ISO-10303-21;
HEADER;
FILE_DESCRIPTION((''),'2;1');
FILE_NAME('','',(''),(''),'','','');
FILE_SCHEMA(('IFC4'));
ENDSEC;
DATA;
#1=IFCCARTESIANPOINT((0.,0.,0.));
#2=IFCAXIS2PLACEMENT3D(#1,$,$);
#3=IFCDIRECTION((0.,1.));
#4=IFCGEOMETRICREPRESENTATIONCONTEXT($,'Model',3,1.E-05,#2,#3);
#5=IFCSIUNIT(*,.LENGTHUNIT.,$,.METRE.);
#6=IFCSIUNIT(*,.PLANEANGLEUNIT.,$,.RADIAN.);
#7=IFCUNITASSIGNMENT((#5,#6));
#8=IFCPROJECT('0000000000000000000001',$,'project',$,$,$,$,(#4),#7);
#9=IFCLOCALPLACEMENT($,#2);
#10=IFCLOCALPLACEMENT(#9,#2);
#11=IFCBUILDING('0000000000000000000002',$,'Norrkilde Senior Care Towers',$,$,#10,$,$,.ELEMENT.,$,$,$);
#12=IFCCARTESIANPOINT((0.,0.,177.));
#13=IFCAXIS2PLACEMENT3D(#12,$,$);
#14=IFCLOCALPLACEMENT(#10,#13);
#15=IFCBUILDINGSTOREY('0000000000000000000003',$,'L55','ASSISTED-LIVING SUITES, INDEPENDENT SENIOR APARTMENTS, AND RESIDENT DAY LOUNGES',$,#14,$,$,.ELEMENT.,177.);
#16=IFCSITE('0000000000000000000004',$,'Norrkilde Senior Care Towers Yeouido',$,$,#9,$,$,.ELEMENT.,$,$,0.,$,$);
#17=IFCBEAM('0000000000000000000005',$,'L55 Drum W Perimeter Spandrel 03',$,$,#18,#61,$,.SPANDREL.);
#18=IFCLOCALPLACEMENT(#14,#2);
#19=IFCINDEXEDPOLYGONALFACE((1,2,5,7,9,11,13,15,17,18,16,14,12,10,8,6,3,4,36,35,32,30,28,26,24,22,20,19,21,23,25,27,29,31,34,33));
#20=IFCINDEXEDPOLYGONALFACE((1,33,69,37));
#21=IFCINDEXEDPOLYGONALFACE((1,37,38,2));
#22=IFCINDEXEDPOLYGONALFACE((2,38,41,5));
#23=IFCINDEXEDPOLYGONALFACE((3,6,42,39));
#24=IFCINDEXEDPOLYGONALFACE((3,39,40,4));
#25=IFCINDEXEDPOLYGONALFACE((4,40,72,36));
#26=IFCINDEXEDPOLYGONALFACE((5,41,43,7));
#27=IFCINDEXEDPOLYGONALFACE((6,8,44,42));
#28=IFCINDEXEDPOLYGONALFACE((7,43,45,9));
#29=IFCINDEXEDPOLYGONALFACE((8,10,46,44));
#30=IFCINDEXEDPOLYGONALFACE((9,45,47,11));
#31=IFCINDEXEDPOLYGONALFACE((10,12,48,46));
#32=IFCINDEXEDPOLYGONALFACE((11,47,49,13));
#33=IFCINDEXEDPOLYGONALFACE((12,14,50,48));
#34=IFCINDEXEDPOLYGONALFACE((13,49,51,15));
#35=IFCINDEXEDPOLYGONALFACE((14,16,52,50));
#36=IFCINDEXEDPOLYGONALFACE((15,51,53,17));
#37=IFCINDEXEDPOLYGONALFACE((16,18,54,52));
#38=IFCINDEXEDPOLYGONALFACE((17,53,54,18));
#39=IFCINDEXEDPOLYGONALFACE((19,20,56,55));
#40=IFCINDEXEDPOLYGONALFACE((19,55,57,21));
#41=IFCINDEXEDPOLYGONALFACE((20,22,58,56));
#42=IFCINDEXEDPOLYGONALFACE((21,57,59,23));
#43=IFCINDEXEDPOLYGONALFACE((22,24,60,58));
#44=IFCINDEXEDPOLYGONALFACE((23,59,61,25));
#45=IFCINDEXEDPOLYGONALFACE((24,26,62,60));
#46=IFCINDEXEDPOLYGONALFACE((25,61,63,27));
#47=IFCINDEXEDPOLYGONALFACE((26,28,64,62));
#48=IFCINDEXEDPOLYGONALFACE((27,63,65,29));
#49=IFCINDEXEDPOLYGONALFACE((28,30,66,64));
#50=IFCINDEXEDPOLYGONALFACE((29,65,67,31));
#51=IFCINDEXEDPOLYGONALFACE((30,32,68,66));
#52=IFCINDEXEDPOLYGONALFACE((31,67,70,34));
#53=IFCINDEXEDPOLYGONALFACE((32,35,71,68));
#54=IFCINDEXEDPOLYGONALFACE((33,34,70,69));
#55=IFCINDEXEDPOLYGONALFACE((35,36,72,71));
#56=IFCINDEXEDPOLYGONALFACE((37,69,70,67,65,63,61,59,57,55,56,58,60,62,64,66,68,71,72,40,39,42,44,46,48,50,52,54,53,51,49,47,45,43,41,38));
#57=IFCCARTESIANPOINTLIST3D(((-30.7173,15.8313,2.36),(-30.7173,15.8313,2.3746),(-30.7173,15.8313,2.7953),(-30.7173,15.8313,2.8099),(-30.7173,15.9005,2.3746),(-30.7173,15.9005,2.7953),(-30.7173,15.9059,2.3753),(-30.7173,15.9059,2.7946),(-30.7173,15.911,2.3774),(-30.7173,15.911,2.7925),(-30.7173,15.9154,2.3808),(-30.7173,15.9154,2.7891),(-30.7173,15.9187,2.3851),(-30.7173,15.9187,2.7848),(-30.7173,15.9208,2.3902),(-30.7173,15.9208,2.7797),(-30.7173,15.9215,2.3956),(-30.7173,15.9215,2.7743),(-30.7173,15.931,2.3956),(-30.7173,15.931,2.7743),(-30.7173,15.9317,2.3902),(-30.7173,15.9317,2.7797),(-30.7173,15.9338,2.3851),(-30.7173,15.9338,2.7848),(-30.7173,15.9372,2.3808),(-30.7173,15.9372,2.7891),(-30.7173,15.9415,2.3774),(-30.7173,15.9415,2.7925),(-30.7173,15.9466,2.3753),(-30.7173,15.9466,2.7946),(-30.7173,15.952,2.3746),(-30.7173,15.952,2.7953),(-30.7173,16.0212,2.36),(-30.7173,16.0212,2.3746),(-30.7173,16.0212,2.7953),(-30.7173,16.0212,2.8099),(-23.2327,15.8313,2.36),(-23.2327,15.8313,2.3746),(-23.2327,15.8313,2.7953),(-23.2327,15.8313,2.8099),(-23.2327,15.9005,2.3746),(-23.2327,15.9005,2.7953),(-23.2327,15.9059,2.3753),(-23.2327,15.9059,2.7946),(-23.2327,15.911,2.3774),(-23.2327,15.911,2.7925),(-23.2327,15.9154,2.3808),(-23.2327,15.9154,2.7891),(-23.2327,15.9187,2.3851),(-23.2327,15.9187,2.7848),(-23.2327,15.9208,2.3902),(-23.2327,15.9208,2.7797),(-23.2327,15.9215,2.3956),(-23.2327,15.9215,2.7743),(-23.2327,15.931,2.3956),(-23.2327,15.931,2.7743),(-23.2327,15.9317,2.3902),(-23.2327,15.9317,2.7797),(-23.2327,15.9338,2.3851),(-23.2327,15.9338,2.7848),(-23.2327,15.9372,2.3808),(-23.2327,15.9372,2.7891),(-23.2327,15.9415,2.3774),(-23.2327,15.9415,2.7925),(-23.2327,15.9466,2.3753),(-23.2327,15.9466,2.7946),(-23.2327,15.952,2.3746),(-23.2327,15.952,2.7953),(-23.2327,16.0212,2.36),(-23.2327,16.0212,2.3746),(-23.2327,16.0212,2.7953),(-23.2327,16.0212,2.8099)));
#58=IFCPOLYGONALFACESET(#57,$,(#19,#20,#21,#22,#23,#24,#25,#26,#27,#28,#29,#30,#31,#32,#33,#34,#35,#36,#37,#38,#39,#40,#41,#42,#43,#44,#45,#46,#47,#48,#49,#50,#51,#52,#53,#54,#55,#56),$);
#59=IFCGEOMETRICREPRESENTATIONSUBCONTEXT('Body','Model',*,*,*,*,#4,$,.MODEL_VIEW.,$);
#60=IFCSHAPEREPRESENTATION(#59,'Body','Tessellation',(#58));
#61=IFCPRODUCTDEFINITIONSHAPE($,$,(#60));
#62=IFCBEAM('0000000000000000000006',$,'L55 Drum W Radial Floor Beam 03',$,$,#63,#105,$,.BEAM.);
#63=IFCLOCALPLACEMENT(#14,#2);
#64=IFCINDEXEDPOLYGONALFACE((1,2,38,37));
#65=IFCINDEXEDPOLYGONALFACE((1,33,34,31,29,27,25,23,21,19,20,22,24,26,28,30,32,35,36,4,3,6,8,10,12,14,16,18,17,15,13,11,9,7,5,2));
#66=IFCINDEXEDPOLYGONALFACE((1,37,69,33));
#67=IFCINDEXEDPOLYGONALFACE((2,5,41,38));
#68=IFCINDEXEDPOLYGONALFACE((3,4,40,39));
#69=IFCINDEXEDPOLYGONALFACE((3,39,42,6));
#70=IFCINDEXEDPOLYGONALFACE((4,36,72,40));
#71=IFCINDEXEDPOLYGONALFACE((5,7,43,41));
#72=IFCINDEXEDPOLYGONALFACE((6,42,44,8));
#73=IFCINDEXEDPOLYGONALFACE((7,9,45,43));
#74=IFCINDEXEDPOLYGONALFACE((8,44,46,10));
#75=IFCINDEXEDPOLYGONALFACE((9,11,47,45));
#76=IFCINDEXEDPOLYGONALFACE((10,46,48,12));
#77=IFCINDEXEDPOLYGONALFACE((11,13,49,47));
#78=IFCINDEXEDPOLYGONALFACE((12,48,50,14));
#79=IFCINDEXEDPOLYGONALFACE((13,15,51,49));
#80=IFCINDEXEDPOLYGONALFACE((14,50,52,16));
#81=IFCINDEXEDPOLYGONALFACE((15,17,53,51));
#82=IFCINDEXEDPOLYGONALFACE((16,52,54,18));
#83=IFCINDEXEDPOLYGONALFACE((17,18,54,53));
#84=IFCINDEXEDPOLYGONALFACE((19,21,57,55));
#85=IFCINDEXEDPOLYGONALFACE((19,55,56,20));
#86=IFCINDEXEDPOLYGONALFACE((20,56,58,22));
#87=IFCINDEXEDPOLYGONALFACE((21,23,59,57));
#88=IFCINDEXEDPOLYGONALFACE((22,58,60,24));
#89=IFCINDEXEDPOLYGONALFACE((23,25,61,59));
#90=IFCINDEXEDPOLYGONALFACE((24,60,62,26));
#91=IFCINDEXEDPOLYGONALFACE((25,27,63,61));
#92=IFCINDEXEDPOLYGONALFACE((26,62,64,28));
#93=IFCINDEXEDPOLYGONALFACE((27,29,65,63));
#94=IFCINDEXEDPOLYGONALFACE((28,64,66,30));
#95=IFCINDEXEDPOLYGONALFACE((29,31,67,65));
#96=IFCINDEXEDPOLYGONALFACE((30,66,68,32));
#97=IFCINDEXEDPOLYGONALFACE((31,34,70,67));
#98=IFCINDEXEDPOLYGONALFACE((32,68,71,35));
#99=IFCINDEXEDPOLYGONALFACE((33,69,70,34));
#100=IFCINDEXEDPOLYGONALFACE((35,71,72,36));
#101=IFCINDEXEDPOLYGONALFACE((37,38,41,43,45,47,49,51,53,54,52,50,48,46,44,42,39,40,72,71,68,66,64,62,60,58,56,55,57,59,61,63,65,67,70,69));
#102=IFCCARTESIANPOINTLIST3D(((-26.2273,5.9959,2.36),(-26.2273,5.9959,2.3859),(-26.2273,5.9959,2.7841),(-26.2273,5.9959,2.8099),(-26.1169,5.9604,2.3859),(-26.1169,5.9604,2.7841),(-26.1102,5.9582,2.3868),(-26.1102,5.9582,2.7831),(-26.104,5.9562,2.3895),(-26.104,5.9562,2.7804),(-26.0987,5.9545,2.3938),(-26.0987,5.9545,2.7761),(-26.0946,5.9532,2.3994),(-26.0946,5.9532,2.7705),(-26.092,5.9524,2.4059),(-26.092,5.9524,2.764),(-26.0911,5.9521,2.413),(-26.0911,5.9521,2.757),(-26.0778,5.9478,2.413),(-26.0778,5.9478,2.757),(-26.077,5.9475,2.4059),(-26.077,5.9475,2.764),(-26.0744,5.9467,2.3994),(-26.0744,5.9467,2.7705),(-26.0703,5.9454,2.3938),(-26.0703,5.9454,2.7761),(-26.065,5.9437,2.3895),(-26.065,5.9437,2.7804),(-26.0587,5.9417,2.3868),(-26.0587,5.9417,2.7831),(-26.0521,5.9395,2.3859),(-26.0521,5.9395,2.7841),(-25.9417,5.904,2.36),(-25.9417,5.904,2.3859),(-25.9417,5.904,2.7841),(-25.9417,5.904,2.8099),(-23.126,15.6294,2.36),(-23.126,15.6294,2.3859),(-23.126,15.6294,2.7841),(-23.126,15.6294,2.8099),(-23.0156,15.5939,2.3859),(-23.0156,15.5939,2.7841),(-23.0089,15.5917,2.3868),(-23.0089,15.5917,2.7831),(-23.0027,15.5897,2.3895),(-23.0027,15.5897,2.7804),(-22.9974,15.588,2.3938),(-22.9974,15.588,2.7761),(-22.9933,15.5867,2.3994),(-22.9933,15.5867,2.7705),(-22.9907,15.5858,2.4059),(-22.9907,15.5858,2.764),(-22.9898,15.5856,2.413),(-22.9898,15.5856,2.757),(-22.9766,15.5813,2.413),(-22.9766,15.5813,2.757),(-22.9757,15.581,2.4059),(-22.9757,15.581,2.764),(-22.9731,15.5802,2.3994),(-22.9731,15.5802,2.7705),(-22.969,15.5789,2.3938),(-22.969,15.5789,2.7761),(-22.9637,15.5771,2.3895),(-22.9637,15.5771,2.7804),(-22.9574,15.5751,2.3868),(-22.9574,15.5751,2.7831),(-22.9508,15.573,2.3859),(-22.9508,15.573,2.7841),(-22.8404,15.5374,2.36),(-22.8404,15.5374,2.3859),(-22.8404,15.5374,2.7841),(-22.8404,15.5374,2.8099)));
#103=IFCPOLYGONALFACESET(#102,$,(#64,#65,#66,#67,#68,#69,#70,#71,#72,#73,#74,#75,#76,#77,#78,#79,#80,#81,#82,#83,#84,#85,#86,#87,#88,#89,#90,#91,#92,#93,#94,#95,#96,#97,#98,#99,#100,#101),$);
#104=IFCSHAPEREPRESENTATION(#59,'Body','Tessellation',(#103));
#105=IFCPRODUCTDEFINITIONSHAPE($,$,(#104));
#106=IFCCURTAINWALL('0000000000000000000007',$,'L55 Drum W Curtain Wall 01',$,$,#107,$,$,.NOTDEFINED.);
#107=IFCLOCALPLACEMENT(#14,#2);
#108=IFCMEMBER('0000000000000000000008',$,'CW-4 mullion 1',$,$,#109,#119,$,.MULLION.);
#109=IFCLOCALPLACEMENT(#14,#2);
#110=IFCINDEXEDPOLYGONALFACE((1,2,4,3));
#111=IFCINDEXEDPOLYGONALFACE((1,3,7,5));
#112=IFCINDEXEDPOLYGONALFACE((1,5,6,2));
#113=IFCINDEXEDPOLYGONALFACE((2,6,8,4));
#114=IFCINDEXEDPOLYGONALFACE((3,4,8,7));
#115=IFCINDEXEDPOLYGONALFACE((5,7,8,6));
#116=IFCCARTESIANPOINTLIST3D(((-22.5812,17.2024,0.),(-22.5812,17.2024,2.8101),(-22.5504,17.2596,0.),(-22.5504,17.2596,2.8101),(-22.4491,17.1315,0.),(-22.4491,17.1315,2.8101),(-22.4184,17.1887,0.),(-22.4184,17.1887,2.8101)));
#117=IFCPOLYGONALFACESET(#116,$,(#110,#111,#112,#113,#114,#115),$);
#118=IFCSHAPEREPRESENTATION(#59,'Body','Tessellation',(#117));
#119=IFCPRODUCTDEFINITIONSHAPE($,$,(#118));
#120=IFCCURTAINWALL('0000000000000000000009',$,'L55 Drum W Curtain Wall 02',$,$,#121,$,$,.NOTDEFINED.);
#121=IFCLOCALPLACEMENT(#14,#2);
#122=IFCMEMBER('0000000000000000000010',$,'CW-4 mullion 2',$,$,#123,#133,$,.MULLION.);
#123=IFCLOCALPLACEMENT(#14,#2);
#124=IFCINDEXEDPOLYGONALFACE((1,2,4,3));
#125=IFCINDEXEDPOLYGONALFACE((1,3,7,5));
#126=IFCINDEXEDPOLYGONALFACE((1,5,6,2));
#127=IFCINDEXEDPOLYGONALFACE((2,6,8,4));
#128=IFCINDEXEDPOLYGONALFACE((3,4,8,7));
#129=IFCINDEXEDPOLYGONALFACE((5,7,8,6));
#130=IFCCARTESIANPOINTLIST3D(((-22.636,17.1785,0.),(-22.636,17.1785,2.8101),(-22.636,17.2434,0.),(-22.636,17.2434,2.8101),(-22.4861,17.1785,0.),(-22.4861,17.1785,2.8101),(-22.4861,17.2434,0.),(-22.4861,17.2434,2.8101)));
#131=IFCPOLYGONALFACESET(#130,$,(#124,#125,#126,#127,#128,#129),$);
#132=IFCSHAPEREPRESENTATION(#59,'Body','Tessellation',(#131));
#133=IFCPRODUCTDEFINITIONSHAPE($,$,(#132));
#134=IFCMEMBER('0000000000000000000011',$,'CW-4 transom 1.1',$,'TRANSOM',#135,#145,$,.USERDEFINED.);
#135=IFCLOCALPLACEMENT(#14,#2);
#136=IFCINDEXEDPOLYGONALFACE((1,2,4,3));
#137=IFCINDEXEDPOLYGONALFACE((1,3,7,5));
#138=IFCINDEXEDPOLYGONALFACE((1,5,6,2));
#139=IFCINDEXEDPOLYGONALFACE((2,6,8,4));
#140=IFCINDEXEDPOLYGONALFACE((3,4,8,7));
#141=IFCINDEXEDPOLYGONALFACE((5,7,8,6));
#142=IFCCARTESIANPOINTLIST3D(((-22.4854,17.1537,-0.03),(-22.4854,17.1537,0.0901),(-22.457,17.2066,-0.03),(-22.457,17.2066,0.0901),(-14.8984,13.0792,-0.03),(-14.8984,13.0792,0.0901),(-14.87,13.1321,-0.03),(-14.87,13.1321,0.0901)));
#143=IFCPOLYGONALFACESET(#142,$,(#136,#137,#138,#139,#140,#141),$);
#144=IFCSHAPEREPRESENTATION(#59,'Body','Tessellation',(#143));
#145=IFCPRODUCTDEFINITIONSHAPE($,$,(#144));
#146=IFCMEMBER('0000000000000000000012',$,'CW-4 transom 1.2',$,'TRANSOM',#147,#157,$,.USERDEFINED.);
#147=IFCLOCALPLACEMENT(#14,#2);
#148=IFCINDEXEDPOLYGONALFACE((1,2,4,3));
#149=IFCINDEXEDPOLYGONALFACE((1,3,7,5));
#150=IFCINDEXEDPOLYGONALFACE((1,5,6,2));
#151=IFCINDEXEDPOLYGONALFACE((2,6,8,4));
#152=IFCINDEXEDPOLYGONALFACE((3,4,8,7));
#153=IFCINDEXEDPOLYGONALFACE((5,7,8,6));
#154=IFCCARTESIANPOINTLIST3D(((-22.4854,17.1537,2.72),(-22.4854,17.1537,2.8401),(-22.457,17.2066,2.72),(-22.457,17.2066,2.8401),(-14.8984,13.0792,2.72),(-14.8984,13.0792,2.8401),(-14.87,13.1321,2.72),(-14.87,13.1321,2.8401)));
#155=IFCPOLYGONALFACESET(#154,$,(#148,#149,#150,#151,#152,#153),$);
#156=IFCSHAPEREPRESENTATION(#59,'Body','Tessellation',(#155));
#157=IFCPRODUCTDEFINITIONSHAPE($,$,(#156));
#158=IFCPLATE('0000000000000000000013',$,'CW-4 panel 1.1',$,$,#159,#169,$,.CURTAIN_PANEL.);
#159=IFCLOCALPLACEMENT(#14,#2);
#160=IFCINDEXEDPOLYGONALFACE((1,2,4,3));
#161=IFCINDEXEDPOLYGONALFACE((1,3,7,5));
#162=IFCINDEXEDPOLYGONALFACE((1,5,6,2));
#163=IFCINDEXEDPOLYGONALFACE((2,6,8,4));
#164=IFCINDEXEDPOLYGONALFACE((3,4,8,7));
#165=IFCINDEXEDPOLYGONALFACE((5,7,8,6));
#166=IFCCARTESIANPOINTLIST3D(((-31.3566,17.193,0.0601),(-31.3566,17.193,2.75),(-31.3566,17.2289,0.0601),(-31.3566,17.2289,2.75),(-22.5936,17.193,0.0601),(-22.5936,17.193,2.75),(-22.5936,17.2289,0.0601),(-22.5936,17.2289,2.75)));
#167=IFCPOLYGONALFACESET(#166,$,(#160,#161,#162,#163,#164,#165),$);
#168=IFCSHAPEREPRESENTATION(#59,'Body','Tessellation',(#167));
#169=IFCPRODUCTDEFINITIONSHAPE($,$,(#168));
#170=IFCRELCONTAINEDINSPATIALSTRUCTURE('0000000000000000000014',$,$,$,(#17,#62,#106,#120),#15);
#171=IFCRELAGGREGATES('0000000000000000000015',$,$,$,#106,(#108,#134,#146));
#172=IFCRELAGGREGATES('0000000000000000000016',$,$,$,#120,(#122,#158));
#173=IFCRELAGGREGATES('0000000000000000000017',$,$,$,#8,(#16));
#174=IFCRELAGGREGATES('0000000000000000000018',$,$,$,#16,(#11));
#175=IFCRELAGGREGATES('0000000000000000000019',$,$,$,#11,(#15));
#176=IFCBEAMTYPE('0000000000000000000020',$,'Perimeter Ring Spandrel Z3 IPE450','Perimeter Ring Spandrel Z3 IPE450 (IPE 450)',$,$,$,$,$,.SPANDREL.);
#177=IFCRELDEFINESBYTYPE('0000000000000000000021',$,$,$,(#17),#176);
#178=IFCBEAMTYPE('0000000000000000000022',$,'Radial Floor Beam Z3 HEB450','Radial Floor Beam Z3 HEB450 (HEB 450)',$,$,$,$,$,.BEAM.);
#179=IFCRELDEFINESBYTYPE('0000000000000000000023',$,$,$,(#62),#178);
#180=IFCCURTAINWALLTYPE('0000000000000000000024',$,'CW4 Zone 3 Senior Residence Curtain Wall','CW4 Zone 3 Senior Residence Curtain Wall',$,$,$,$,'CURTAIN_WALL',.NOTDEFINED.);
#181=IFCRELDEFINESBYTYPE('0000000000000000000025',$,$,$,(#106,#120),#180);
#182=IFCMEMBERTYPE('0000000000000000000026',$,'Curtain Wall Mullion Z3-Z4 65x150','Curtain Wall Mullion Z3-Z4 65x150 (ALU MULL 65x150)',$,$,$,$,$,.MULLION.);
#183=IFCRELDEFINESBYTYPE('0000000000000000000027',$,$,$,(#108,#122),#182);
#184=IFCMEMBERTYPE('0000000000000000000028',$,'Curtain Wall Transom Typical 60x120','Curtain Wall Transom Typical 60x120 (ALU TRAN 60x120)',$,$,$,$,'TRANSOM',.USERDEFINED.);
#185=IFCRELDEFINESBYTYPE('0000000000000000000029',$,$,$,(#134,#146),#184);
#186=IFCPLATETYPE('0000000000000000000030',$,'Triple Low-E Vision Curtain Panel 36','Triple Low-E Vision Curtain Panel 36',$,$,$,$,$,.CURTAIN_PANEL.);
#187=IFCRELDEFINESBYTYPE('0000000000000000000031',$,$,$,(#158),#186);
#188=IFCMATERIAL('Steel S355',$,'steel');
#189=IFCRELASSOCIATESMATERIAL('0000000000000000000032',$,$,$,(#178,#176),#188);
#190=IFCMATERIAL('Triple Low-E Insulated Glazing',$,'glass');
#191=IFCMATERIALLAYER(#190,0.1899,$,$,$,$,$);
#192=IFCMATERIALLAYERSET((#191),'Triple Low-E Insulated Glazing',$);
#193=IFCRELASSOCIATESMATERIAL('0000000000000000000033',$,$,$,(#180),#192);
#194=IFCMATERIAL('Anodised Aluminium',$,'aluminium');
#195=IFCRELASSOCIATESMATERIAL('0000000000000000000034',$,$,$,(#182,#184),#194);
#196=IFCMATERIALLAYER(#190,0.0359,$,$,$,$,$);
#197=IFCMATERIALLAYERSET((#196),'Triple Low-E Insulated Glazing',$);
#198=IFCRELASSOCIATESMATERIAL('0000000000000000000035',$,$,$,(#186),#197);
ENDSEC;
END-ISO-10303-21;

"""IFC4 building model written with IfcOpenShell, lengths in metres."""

from ifc_helpers import new_model, si_unit, direction, frame, origin, origin_2d, place, context, subcontext, project, spatial, rectangle, i_section, extrude, source, transform, mapped, material, layer, layer_set, material_profile, profile_set, type_object, type_shapes, element, aggregate, save


model = new_model("IFC4")

# Units and contexts
model_context = context("Model", 3, precision=1e-05, world=origin(), true_north=direction((0.0, 1.0)))
body_context = subcontext(model_context, "Body", "Model", "MODEL_VIEW")
ifc_project = project(units=[si_unit("LENGTHUNIT", "METRE"), si_unit("PLANEANGLEUNIT", "RADIAN")], contexts=[model_context])

# Site, building, storey
site_placement = place(None, origin())
site = spatial("IfcSite", under=ifc_project, at=site_placement, Name="Norrkilde Senior Care Towers Yeouido", CompositionType="ELEMENT", RefElevation=0.0)
building_placement = place(site_placement, origin())
building = spatial("IfcBuilding", under=site, at=building_placement, Name="Norrkilde Senior Care Towers", CompositionType="ELEMENT")
storey_placement = place(building_placement, frame((0.0, 0.0, 177.0)))
storey = spatial("IfcBuildingStorey", under=building, at=storey_placement, Name="L55", Description="ASSISTED-LIVING SUITES, INDEPENDENT SENIOR APARTMENTS, AND RESIDENT DAY LOUNGES", CompositionType="ELEMENT", Elevation=177.0)

# Beams
ifc_material_1 = material(Name="Steel S355", Category="steel")
ifc_material_profile_1 = material_profile(ifc_material_1, i_section(OverallWidth=0.3, OverallDepth=0.45, WebThickness=0.0139, FlangeThickness=0.0259, FilletRadius=0.0271, at=origin_2d()), Name="HEB 450")
ifc_profile_set_1 = profile_set([ifc_material_profile_1], Name="Steel S355")
beam_type_1 = type_object("IfcBeamType", Name="Radial Floor Beam Z3 HEB450", Description="Radial Floor Beam Z3 HEB450 (HEB 450)", PredefinedType="BEAM", material=ifc_profile_set_1)
ifc_material_profile_2 = material_profile(ifc_material_1, i_section(OverallWidth=0.1899, OverallDepth=0.45, WebThickness=0.0095, FlangeThickness=0.0146, FilletRadius=0.021, at=origin_2d()), Name="IPE 450")
ifc_profile_set_2 = profile_set([ifc_material_profile_2], Name="Steel S355")
beam_type_2 = type_object("IfcBeamType", Name="Perimeter Ring Spandrel Z3 IPE450", Description="Perimeter Ring Spandrel Z3 IPE450 (IPE 450)", PredefinedType="SPANDREL", material=ifc_profile_set_2)
shared_shape_1 = source(origin(), body_context, "Body", "SweptSolid", [
    extrude(i_section(OverallWidth=0.1899, OverallDepth=0.45, WebThickness=0.0095, FlangeThickness=0.0146, FilletRadius=0.021, at=origin_2d()), origin(), (0.0, 0.0, 1.0), 7.4846),
])
type_shapes(beam_type_2, [shared_shape_1])
beam_1_placement = place(storey_placement, frame((-23.2327, 15.9263, 2.585), z_axis=(-1.0, 0.0, 0.0), x_axis=(0.0, -1.0, 0.0)))
element("IfcBeam", 1, at=beam_1_placement, inside=storey, type_object=beam_type_2, Name="L55 Drum W Perimeter Spandrel 03", PredefinedType="SPANDREL", context=body_context, shape_type="MappedRepresentation", body=[
    mapped(shared_shape_1, transform((0.0, 0.0, 0.0), x_axis=(1.0, 0.0, 0.0), y_axis=(0.0, 1.0, 0.0), z_axis=(0.0, 0.0, 1.0), scale=1.0)),
])
shared_shape_2 = source(origin(), body_context, "Body", "SweptSolid", [
    extrude(i_section(OverallWidth=0.3, OverallDepth=0.45, WebThickness=0.0139, FlangeThickness=0.0259, FilletRadius=0.0271, at=origin_2d()), origin(), (0.0, 0.0, 1.0), 10.1204),
])
beam_2_placement = place(storey_placement, frame((-26.0845, 5.95, 2.585), z_axis=(0.306441, 0.95189, 0.0), x_axis=(-0.95189, 0.306441, 0.0)))
element("IfcBeam", 2, at=beam_2_placement, inside=storey, type_object=beam_type_1, Name="L55 Drum W Radial Floor Beam 03", PredefinedType="BEAM", context=body_context, shape_type="MappedRepresentation", body=[
    mapped(shared_shape_2, transform((0.0, 0.0, 0.0), x_axis=(1.0, 0.0, 0.0), y_axis=(0.0, 1.0, 0.0), z_axis=(0.0, 0.0, 1.0), scale=1.0)),
])

# Curtain walls, members
ifc_material_2 = material(Name="Triple Low-E Insulated Glazing", Category="glass")
ifc_layer_1 = layer(ifc_material_2, 0.1899)
ifc_layer_set_1 = layer_set([ifc_layer_1], Name="Triple Low-E Insulated Glazing")
curtain_wall_type = type_object("IfcCurtainWallType", Name="CW4 Zone 3 Senior Residence Curtain Wall", Description="CW4 Zone 3 Senior Residence Curtain Wall", ElementType="CURTAIN_WALL", PredefinedType="NOTDEFINED", material=ifc_layer_set_1)
curtain_wall_1_placement = place(storey_placement, origin())
curtain_wall_1 = element("IfcCurtainWall", 3, at=curtain_wall_1_placement, inside=storey, type_object=curtain_wall_type, Name="L55 Drum W Curtain Wall 01", PredefinedType="NOTDEFINED")
ifc_material_3 = material(Name="Anodised Aluminium", Category="aluminium")
ifc_material_profile_3 = material_profile(ifc_material_3, rectangle(XDim=0.0649, YDim=0.1499, at=origin_2d()), Name="ALU MULL 65x150")
ifc_profile_set_3 = profile_set([ifc_material_profile_3], Name="Anodised Aluminium")
member_type_1 = type_object("IfcMemberType", Name="Curtain Wall Mullion Z3-Z4 65x150", Description="Curtain Wall Mullion Z3-Z4 65x150 (ALU MULL 65x150)", PredefinedType="MULLION", material=ifc_profile_set_3)
shared_shape_3 = source(origin(), body_context, "Body", "SweptSolid", [
    extrude(rectangle(XDim=0.0649, YDim=0.1499, at=origin_2d()), origin(), (0.0, 0.0, 1.0), 2.8101),
])
type_shapes(member_type_1, [shared_shape_3])
member_1_placement = place(storey_placement, frame((-22.4998, 17.1956, 0.0), z_axis=(0.0, 0.0, 1.0), x_axis=(0.473117, 0.881, 0.0)))
member_1 = element("IfcMember", 4, at=member_1_placement, type_object=member_type_1, Name="CW-4 mullion 1", PredefinedType="MULLION", context=body_context, shape_type="MappedRepresentation", body=[
    mapped(shared_shape_3, transform((0.0, 0.0, 0.0), x_axis=(1.0, 0.0, 0.0), y_axis=(0.0, 1.0, 0.0), z_axis=(0.0, 0.0, 1.0), scale=1.0)),
])
curtain_wall_2_placement = place(storey_placement, origin())
curtain_wall_2 = element("IfcCurtainWall", 5, at=curtain_wall_2_placement, inside=storey, type_object=curtain_wall_type, Name="L55 Drum W Curtain Wall 02", PredefinedType="NOTDEFINED")
member_2_placement = place(storey_placement, frame((-22.561, 17.2109, 0.0), z_axis=(0.0, 0.0, 1.0), x_axis=(0.0, 1.0, 0.0)))
member_2 = element("IfcMember", 6, at=member_2_placement, type_object=member_type_1, Name="CW-4 mullion 2", PredefinedType="MULLION", context=body_context, shape_type="MappedRepresentation", body=[
    mapped(shared_shape_3, transform((0.0, 0.0, 0.0), x_axis=(1.0, 0.0, 0.0), y_axis=(0.0, 1.0, 0.0), z_axis=(0.0, 0.0, 1.0), scale=1.0)),
])

# Members
ifc_material_profile_4 = material_profile(ifc_material_3, rectangle(XDim=0.0601, YDim=0.1201, at=origin_2d()), Name="ALU TRAN 60x120")
ifc_profile_set_4 = profile_set([ifc_material_profile_4], Name="Anodised Aluminium")
member_type_2 = type_object("IfcMemberType", Name="Curtain Wall Transom Typical 60x120", Description="Curtain Wall Transom Typical 60x120 (ALU TRAN 60x120)", ElementType="TRANSOM", PredefinedType="USERDEFINED", material=ifc_profile_set_4)
shared_shape_4 = source(origin(), body_context, "Body", "SweptSolid", [
    extrude(rectangle(XDim=0.0601, YDim=0.1201, at=origin_2d()), origin(), (0.0, 0.0, 1.0), 8.6118),
])
type_shapes(member_type_2, [shared_shape_4])
member_3_placement = place(storey_placement, frame((-22.4712, 17.1802, 0.03), z_axis=(0.880994, -0.473127, 0.0), x_axis=(0.473127, 0.880994, 0.0)))
member_3 = element("IfcMember", 7, at=member_3_placement, type_object=member_type_2, Name="CW-4 transom 1.1", ObjectType="TRANSOM", PredefinedType="USERDEFINED", context=body_context, shape_type="MappedRepresentation", body=[
    mapped(shared_shape_4, transform((0.0, 0.0, 0.0), x_axis=(1.0, 0.0, 0.0), y_axis=(0.0, 1.0, 0.0), z_axis=(0.0, 0.0, 1.0), scale=1.0)),
])
member_4_placement = place(storey_placement, frame((-22.4712, 17.1802, 2.78), z_axis=(0.880994, -0.473127, 0.0), x_axis=(0.473127, 0.880994, 0.0)))
member_4 = element("IfcMember", 8, at=member_4_placement, type_object=member_type_2, Name="CW-4 transom 1.2", ObjectType="TRANSOM", PredefinedType="USERDEFINED", context=body_context, shape_type="MappedRepresentation", body=[
    mapped(shared_shape_4, transform((0.0, 0.0, 0.0), x_axis=(1.0, 0.0, 0.0), y_axis=(0.0, 1.0, 0.0), z_axis=(0.0, 0.0, 1.0), scale=1.0)),
])
aggregate(curtain_wall_1, [member_1, member_3, member_4])

# Plate
ifc_layer_2 = layer(ifc_material_2, 0.0359)
ifc_layer_set_2 = layer_set([ifc_layer_2], Name="Triple Low-E Insulated Glazing")
plate_type = type_object("IfcPlateType", Name="Triple Low-E Vision Curtain Panel 36", Description="Triple Low-E Vision Curtain Panel 36", PredefinedType="CURTAIN_PANEL", material=ifc_layer_set_2)
shared_shape_5 = source(origin(), body_context, "Body", "SweptSolid", [
    extrude(rectangle(XDim=8.7629, YDim=0.0359, at=origin_2d()), origin(), (0.0, 0.0, 1.0), 2.6899),
])
type_shapes(plate_type, [shared_shape_5])
plate_placement = place(storey_placement, frame((-26.9751, 17.2109, 0.0601), z_axis=(0.0, 0.0, 1.0), x_axis=(1.0, 0.0, 0.0)))
plate = element("IfcPlate", 9, at=plate_placement, type_object=plate_type, Name="CW-4 panel 1.1", PredefinedType="CURTAIN_PANEL", context=body_context, shape_type="MappedRepresentation", body=[
    mapped(shared_shape_5, transform((0.0, 0.0, 0.0), x_axis=(1.0, 0.0, 0.0), y_axis=(0.0, 1.0, 0.0), z_axis=(0.0, 0.0, 1.0), scale=1.0)),
])
aggregate(curtain_wall_2, [member_2, plate])

save(model, "model.ifc")
